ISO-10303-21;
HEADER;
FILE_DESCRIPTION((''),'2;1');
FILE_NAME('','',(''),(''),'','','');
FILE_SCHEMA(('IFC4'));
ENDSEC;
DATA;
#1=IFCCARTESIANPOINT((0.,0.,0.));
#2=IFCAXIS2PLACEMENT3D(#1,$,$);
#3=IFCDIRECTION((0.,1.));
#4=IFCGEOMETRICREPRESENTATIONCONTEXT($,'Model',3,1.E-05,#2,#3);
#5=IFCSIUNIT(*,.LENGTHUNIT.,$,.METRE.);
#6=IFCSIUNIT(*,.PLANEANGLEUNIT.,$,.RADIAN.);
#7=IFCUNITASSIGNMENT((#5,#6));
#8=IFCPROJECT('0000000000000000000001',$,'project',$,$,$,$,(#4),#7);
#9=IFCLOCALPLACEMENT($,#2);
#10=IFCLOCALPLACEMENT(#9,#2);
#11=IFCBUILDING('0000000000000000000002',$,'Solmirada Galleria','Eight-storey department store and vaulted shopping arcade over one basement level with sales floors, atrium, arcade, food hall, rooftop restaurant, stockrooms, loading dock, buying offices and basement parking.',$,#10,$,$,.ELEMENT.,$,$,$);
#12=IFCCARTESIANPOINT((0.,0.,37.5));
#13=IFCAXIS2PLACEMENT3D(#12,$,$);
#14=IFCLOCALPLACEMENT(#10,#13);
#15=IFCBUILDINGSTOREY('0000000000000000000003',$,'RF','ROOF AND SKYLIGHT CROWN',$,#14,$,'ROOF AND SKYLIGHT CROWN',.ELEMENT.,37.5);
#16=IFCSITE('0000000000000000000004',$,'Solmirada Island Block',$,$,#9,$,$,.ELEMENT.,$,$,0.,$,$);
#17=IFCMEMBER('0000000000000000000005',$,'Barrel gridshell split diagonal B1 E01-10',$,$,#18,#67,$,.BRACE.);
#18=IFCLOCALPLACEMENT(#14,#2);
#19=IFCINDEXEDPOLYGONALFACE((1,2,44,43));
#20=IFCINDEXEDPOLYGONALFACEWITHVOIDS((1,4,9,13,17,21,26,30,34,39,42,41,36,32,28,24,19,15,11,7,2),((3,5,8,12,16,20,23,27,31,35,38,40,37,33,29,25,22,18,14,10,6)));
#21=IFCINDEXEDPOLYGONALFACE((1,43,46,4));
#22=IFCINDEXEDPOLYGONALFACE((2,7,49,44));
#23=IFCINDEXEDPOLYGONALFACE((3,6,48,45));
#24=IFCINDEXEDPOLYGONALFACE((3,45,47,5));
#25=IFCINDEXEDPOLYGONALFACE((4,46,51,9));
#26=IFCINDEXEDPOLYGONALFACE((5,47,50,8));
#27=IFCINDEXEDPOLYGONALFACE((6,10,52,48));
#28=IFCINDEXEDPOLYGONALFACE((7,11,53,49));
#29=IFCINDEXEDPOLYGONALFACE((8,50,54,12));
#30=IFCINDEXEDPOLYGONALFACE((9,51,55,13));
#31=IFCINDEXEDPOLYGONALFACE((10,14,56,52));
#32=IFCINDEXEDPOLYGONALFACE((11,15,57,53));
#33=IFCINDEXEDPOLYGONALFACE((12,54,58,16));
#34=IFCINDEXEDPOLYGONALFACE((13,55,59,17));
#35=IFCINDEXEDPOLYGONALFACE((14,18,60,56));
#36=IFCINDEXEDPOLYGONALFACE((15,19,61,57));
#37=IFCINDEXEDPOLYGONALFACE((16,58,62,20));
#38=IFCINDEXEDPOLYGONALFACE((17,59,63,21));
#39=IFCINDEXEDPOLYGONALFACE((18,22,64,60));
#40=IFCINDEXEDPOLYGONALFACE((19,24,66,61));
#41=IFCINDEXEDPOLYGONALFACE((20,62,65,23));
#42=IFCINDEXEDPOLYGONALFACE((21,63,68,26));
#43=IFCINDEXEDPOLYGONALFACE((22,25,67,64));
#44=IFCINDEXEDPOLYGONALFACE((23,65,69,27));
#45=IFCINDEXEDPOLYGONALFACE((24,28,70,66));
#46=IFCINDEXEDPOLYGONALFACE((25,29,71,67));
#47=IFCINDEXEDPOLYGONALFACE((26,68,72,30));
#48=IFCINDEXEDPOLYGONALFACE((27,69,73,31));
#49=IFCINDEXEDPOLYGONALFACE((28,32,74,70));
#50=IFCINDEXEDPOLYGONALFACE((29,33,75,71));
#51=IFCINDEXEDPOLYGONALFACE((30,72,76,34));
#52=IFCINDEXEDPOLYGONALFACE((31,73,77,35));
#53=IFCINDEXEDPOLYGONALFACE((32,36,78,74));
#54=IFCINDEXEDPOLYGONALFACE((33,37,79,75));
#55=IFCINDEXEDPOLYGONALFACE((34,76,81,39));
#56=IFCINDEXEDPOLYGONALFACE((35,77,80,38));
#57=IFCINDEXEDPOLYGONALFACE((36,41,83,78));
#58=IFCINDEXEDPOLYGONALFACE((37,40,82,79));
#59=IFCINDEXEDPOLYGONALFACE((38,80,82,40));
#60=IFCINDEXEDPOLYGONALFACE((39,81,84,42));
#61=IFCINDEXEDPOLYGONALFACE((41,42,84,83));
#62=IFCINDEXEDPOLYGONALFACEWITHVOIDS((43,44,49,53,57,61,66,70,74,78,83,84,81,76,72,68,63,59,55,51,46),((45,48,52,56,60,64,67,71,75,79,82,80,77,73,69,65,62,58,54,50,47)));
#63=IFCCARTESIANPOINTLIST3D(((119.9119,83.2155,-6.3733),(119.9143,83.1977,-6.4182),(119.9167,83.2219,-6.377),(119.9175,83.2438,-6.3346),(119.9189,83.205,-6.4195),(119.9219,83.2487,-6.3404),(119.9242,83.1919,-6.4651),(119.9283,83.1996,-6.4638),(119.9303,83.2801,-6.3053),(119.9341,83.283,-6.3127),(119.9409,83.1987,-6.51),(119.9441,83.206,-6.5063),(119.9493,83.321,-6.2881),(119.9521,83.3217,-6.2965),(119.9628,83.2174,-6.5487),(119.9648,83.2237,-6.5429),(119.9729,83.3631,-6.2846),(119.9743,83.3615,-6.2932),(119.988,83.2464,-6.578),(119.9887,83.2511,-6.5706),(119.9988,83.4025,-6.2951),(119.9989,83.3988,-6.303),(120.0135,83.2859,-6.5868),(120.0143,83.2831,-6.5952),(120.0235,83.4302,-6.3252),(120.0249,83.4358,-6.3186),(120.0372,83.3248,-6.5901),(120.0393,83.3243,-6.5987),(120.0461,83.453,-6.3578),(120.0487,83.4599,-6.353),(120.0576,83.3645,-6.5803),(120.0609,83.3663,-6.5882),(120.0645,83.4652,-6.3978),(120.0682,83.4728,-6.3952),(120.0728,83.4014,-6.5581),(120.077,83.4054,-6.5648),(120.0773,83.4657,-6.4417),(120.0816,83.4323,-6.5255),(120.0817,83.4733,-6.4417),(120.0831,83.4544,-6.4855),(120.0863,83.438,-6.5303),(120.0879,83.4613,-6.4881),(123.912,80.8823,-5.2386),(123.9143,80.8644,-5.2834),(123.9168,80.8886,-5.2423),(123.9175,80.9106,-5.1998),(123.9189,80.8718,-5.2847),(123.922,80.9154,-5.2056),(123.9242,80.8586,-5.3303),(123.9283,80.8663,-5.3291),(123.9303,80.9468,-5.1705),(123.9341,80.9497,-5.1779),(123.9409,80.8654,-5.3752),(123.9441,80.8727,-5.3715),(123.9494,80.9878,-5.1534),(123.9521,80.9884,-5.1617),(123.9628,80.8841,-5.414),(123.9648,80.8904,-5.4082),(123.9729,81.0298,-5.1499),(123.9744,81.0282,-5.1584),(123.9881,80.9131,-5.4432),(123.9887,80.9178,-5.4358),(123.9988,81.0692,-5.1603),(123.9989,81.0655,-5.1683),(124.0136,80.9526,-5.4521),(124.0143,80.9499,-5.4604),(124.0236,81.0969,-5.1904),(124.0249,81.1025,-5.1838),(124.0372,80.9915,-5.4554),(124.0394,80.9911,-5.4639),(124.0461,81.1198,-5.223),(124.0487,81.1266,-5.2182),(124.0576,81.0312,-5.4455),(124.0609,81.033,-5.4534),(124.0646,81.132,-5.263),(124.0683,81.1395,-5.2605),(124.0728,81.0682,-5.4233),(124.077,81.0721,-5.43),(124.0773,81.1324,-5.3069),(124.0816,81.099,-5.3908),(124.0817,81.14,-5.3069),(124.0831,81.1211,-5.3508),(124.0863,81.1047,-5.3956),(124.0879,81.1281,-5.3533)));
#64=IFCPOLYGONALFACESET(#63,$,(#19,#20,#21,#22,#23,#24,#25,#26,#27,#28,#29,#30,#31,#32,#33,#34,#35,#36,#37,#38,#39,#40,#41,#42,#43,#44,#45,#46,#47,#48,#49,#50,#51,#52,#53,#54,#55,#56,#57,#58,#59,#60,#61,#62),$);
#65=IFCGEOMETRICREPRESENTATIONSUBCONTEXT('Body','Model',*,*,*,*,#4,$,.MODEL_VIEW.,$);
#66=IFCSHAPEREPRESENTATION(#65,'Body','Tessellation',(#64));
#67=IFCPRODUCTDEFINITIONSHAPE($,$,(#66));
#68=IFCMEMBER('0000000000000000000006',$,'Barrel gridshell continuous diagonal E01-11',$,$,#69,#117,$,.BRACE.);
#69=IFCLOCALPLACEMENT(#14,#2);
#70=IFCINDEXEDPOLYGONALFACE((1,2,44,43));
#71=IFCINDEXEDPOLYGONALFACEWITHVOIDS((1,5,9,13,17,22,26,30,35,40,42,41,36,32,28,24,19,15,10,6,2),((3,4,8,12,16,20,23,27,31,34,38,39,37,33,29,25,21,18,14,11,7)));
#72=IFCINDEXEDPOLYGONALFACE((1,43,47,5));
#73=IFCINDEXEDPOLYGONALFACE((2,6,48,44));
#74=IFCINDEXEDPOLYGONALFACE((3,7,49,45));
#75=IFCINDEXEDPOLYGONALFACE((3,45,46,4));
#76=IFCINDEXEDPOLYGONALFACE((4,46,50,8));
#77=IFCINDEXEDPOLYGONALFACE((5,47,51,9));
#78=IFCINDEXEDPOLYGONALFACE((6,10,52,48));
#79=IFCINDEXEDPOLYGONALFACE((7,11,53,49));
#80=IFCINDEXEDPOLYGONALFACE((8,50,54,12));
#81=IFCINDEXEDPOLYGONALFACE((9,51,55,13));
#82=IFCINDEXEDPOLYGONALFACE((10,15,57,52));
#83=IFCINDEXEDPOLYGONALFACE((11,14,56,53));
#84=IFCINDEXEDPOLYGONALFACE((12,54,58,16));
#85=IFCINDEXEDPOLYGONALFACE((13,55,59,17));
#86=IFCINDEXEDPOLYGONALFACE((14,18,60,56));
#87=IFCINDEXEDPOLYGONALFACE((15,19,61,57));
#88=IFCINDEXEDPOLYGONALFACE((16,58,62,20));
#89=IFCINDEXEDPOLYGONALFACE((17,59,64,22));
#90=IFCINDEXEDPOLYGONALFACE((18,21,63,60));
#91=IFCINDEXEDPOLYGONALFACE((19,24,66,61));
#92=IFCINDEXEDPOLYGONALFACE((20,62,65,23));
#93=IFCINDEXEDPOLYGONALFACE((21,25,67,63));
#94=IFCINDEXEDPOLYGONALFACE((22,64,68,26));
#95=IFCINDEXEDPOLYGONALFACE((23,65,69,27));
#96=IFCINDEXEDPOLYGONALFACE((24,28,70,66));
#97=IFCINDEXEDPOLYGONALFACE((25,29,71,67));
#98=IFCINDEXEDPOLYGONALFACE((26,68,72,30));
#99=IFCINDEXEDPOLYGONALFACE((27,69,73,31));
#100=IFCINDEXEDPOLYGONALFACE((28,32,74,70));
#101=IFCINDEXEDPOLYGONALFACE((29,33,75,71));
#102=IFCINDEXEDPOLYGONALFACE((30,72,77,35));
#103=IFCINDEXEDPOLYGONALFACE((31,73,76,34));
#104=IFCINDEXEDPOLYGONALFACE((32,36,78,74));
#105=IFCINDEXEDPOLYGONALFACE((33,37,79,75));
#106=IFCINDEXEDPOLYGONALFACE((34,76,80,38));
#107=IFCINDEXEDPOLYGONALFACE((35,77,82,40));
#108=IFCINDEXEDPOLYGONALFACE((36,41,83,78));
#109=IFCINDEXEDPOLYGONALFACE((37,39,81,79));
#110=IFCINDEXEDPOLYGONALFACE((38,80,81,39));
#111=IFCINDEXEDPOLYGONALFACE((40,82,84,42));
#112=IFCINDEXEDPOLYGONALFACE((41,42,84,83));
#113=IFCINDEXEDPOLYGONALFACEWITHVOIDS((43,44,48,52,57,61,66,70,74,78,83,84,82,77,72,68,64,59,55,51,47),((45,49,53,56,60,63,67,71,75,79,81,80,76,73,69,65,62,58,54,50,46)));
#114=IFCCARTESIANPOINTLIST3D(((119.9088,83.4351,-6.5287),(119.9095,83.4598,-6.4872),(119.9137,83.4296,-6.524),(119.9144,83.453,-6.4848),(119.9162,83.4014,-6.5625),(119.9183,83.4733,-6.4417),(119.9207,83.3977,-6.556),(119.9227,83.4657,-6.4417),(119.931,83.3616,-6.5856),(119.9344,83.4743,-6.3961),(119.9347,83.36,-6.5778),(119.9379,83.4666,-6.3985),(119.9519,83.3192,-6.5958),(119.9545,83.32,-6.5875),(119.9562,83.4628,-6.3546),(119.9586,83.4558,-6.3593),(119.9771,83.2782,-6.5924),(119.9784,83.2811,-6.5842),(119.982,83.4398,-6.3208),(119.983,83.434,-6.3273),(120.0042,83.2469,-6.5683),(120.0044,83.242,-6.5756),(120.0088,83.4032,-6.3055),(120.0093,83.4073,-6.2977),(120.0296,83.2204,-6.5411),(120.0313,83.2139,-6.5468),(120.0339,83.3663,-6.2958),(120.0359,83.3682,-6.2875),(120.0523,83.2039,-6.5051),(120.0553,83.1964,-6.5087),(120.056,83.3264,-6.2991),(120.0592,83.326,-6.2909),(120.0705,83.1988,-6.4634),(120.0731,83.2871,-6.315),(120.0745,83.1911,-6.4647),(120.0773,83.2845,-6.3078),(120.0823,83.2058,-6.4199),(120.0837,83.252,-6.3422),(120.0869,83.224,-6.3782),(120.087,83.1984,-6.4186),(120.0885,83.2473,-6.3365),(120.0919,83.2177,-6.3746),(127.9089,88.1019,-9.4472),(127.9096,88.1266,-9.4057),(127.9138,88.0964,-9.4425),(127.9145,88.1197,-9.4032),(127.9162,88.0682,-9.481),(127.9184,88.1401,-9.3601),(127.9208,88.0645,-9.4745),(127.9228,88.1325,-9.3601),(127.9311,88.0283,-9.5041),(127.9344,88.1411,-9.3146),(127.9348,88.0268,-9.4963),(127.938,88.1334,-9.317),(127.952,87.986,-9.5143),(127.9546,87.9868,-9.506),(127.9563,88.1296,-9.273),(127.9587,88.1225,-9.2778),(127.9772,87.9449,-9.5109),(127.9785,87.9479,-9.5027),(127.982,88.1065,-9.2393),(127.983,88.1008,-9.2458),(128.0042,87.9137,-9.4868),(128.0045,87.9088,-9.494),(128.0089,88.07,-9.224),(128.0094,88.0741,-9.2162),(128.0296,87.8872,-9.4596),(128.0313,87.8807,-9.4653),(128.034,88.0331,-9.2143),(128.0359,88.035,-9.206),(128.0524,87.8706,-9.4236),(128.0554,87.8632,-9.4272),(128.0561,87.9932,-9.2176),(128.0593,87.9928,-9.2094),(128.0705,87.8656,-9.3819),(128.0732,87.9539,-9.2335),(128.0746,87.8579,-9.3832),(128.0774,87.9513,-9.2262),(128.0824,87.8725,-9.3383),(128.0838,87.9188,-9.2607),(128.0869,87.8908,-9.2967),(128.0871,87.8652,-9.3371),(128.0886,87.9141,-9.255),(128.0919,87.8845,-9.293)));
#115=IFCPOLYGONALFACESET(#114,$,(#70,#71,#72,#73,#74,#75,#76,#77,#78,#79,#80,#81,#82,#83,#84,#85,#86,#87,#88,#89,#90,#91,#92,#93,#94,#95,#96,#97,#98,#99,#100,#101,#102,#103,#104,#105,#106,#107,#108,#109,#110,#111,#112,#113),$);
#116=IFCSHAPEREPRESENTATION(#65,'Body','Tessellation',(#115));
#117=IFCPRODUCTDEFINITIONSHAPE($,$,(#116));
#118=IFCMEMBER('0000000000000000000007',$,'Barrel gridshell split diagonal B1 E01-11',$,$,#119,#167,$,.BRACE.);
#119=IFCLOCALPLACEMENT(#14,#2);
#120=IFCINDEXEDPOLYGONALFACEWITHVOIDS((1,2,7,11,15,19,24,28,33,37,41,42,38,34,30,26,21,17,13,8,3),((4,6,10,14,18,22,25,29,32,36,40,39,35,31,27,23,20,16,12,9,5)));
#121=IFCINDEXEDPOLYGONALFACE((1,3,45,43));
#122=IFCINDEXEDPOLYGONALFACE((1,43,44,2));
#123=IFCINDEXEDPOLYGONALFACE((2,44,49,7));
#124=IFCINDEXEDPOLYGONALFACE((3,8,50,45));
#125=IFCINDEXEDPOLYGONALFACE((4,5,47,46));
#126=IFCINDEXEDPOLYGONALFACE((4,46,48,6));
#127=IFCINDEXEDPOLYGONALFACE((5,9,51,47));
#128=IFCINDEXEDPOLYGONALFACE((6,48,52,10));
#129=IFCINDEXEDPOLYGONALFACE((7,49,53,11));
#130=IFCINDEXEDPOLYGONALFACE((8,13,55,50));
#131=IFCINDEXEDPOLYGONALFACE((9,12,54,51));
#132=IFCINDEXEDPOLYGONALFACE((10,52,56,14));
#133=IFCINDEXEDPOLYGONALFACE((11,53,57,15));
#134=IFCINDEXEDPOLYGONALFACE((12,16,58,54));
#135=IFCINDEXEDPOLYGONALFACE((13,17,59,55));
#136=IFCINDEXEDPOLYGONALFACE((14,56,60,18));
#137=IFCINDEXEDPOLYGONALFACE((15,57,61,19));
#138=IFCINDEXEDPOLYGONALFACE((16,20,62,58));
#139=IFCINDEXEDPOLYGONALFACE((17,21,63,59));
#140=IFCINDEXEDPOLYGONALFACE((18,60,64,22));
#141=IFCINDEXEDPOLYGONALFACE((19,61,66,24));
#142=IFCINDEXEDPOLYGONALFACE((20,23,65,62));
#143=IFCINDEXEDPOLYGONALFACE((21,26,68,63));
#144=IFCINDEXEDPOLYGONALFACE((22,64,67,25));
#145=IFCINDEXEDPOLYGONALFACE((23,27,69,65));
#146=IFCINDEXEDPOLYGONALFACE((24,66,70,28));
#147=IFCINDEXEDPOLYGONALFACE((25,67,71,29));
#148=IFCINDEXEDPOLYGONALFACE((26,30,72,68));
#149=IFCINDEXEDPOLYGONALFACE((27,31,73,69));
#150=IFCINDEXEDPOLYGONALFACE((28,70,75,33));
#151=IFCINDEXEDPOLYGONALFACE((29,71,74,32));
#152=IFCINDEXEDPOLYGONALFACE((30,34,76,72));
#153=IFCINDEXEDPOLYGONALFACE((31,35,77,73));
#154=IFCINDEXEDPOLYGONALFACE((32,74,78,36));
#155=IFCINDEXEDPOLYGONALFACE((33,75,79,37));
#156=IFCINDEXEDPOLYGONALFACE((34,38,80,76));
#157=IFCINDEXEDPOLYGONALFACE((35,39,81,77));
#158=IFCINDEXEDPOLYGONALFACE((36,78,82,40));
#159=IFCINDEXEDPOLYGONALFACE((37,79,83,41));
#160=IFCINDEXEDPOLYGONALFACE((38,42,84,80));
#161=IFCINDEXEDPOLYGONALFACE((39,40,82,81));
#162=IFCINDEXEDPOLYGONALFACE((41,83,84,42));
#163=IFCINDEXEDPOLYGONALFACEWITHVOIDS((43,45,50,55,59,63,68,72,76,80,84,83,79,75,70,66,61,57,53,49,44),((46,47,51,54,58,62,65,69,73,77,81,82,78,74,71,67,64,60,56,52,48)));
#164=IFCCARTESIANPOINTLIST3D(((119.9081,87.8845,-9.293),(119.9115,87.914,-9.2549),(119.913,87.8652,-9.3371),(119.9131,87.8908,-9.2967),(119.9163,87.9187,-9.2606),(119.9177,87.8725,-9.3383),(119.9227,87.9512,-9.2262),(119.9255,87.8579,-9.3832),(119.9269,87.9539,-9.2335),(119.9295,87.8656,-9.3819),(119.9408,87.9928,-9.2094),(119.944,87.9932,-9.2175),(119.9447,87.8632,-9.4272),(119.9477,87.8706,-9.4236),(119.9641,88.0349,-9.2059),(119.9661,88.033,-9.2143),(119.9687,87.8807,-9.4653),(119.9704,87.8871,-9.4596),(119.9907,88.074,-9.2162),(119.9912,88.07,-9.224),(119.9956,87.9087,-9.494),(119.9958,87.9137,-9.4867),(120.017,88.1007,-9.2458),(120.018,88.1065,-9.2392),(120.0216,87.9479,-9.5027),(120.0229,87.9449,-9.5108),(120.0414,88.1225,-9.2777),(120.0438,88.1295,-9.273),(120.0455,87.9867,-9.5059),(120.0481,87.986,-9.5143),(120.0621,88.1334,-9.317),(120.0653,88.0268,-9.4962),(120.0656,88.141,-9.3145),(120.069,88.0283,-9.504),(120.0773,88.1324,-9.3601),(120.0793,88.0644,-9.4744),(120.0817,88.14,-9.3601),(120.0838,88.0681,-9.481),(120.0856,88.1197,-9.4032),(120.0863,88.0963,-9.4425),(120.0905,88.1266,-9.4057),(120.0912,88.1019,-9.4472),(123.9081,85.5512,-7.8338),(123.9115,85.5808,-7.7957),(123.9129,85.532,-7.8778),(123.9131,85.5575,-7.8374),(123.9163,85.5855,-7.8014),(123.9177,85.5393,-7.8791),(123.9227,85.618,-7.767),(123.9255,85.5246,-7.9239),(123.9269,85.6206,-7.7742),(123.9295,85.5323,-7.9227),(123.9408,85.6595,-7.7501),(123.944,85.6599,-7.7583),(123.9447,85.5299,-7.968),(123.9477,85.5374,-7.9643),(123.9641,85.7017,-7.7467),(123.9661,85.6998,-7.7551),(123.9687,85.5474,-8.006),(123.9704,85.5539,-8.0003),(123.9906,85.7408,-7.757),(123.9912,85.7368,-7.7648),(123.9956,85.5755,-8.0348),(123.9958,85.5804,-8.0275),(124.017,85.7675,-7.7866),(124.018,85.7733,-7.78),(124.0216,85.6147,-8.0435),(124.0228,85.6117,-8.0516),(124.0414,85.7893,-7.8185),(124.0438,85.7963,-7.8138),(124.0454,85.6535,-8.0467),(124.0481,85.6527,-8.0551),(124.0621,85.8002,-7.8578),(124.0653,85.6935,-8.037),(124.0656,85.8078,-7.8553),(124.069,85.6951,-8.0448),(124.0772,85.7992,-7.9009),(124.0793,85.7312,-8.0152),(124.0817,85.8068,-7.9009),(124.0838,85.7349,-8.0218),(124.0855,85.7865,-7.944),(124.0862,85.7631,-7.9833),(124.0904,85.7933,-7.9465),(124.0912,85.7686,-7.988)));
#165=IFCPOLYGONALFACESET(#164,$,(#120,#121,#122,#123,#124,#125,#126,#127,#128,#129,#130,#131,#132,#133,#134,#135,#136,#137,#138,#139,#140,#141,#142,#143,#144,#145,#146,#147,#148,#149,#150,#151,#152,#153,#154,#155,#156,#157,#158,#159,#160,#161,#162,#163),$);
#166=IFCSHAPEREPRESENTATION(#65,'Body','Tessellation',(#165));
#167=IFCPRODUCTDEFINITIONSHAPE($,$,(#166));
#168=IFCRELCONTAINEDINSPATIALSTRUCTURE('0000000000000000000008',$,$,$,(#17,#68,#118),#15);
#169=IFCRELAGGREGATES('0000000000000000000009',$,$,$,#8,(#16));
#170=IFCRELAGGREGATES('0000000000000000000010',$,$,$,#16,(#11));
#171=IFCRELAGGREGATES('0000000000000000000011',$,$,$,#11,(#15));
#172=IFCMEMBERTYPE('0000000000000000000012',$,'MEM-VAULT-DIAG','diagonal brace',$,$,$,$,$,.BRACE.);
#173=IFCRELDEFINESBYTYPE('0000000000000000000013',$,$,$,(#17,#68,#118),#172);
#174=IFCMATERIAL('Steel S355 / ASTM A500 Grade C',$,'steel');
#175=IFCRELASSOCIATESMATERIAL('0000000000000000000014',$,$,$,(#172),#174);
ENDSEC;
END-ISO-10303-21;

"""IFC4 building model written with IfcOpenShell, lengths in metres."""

from ifc_helpers import new_model, si_unit, direction, frame, origin, origin_2d, place, context, subcontext, project, spatial, hollow_circle, extrude, material, material_profile, profile_set, type_object, element, save


model = new_model("IFC4")

# Units and contexts
model_context = context("Model", 3, precision=1e-05, world=origin(), true_north=direction((0.0, 1.0)))
body_context = subcontext(model_context, "Body", "Model", "MODEL_VIEW")
ifc_project = project(units=[si_unit("LENGTHUNIT", "METRE"), si_unit("PLANEANGLEUNIT", "RADIAN")], contexts=[model_context])

# Site, building, storey
site_placement = place(None, origin())
site = spatial("IfcSite", under=ifc_project, at=site_placement, Name="Solmirada Island Block", CompositionType="ELEMENT", RefElevation=0.0)
building_placement = place(site_placement, origin())
building = spatial("IfcBuilding", under=site, at=building_placement, Name="Solmirada Galleria", Description="Eight-storey department store and vaulted shopping arcade over one basement level with sales floors, atrium, arcade, food hall, rooftop restaurant, stockrooms, loading dock, buying offices and basement parking.", CompositionType="ELEMENT")
storey_placement = place(building_placement, frame((0.0, 0.0, 37.5)))
storey = spatial("IfcBuildingStorey", under=building, at=storey_placement, Name="RF", Description="ROOF AND SKYLIGHT CROWN", LongName="ROOF AND SKYLIGHT CROWN", CompositionType="ELEMENT", Elevation=37.5)

# Members
ifc_material_1 = material(Name="Steel S355 / ASTM A500 Grade C", Category="steel")
ifc_material_profile_1 = material_profile(ifc_material_1, hollow_circle(Radius=0.1621, WallThickness=0.0088, at=origin_2d()), Name="HSS12.750X0.375")
ifc_profile_set_1 = profile_set([ifc_material_profile_1], Name="Steel S355 / ASTM A500 Grade C")
member_type_1 = type_object("IfcMemberType", Name="MEM-VAULT-DIAG", Description="diagonal brace", PredefinedType="BRACE", material=ifc_profile_set_1)
member_1_placement = place(storey_placement, frame((120.0, 83.3333, -6.4417), z_axis=(0.838964, -0.489379, 0.238007), x_axis=(0.503858, 0.863787, 0.0)))
element("IfcMember", 1, at=member_1_placement, inside=storey, type_object=member_type_1, Name="Barrel gridshell split diagonal B1 E01-10", PredefinedType="BRACE", context=body_context, shape_type="SweptSolid", body=[
    extrude(hollow_circle(Radius=0.1621, WallThickness=0.0088, at=origin_2d()), origin(), (0.0, 0.0, 1.0), 4.7678),
])
member_2_placement = place(storey_placement, frame((120.0, 83.3333, -6.4417), z_axis=(0.823841, 0.480582, -0.300543), x_axis=(-0.503878, 0.863775, 0.0)))
element("IfcMember", 2, at=member_2_placement, inside=storey, type_object=member_type_1, Name="Barrel gridshell continuous diagonal E01-11", PredefinedType="BRACE", context=body_context, shape_type="SweptSolid", body=[
    extrude(hollow_circle(Radius=0.1621, WallThickness=0.0088, at=origin_2d()), origin(), (0.0, 0.0, 1.0), 9.7107),
])
member_3_placement = place(storey_placement, frame((120.0, 88.0, -9.3601), z_axis=(0.823851, -0.480563, 0.300547), x_axis=(0.503858, 0.863787, 0.0)))
element("IfcMember", 3, at=member_3_placement, inside=storey, type_object=member_type_1, Name="Barrel gridshell split diagonal B1 E01-11", PredefinedType="BRACE", context=body_context, shape_type="SweptSolid", body=[
    extrude(hollow_circle(Radius=0.1621, WallThickness=0.0088, at=origin_2d()), origin(), (0.0, 0.0, 1.0), 4.8552),
])

save(model, "model.ifc")
